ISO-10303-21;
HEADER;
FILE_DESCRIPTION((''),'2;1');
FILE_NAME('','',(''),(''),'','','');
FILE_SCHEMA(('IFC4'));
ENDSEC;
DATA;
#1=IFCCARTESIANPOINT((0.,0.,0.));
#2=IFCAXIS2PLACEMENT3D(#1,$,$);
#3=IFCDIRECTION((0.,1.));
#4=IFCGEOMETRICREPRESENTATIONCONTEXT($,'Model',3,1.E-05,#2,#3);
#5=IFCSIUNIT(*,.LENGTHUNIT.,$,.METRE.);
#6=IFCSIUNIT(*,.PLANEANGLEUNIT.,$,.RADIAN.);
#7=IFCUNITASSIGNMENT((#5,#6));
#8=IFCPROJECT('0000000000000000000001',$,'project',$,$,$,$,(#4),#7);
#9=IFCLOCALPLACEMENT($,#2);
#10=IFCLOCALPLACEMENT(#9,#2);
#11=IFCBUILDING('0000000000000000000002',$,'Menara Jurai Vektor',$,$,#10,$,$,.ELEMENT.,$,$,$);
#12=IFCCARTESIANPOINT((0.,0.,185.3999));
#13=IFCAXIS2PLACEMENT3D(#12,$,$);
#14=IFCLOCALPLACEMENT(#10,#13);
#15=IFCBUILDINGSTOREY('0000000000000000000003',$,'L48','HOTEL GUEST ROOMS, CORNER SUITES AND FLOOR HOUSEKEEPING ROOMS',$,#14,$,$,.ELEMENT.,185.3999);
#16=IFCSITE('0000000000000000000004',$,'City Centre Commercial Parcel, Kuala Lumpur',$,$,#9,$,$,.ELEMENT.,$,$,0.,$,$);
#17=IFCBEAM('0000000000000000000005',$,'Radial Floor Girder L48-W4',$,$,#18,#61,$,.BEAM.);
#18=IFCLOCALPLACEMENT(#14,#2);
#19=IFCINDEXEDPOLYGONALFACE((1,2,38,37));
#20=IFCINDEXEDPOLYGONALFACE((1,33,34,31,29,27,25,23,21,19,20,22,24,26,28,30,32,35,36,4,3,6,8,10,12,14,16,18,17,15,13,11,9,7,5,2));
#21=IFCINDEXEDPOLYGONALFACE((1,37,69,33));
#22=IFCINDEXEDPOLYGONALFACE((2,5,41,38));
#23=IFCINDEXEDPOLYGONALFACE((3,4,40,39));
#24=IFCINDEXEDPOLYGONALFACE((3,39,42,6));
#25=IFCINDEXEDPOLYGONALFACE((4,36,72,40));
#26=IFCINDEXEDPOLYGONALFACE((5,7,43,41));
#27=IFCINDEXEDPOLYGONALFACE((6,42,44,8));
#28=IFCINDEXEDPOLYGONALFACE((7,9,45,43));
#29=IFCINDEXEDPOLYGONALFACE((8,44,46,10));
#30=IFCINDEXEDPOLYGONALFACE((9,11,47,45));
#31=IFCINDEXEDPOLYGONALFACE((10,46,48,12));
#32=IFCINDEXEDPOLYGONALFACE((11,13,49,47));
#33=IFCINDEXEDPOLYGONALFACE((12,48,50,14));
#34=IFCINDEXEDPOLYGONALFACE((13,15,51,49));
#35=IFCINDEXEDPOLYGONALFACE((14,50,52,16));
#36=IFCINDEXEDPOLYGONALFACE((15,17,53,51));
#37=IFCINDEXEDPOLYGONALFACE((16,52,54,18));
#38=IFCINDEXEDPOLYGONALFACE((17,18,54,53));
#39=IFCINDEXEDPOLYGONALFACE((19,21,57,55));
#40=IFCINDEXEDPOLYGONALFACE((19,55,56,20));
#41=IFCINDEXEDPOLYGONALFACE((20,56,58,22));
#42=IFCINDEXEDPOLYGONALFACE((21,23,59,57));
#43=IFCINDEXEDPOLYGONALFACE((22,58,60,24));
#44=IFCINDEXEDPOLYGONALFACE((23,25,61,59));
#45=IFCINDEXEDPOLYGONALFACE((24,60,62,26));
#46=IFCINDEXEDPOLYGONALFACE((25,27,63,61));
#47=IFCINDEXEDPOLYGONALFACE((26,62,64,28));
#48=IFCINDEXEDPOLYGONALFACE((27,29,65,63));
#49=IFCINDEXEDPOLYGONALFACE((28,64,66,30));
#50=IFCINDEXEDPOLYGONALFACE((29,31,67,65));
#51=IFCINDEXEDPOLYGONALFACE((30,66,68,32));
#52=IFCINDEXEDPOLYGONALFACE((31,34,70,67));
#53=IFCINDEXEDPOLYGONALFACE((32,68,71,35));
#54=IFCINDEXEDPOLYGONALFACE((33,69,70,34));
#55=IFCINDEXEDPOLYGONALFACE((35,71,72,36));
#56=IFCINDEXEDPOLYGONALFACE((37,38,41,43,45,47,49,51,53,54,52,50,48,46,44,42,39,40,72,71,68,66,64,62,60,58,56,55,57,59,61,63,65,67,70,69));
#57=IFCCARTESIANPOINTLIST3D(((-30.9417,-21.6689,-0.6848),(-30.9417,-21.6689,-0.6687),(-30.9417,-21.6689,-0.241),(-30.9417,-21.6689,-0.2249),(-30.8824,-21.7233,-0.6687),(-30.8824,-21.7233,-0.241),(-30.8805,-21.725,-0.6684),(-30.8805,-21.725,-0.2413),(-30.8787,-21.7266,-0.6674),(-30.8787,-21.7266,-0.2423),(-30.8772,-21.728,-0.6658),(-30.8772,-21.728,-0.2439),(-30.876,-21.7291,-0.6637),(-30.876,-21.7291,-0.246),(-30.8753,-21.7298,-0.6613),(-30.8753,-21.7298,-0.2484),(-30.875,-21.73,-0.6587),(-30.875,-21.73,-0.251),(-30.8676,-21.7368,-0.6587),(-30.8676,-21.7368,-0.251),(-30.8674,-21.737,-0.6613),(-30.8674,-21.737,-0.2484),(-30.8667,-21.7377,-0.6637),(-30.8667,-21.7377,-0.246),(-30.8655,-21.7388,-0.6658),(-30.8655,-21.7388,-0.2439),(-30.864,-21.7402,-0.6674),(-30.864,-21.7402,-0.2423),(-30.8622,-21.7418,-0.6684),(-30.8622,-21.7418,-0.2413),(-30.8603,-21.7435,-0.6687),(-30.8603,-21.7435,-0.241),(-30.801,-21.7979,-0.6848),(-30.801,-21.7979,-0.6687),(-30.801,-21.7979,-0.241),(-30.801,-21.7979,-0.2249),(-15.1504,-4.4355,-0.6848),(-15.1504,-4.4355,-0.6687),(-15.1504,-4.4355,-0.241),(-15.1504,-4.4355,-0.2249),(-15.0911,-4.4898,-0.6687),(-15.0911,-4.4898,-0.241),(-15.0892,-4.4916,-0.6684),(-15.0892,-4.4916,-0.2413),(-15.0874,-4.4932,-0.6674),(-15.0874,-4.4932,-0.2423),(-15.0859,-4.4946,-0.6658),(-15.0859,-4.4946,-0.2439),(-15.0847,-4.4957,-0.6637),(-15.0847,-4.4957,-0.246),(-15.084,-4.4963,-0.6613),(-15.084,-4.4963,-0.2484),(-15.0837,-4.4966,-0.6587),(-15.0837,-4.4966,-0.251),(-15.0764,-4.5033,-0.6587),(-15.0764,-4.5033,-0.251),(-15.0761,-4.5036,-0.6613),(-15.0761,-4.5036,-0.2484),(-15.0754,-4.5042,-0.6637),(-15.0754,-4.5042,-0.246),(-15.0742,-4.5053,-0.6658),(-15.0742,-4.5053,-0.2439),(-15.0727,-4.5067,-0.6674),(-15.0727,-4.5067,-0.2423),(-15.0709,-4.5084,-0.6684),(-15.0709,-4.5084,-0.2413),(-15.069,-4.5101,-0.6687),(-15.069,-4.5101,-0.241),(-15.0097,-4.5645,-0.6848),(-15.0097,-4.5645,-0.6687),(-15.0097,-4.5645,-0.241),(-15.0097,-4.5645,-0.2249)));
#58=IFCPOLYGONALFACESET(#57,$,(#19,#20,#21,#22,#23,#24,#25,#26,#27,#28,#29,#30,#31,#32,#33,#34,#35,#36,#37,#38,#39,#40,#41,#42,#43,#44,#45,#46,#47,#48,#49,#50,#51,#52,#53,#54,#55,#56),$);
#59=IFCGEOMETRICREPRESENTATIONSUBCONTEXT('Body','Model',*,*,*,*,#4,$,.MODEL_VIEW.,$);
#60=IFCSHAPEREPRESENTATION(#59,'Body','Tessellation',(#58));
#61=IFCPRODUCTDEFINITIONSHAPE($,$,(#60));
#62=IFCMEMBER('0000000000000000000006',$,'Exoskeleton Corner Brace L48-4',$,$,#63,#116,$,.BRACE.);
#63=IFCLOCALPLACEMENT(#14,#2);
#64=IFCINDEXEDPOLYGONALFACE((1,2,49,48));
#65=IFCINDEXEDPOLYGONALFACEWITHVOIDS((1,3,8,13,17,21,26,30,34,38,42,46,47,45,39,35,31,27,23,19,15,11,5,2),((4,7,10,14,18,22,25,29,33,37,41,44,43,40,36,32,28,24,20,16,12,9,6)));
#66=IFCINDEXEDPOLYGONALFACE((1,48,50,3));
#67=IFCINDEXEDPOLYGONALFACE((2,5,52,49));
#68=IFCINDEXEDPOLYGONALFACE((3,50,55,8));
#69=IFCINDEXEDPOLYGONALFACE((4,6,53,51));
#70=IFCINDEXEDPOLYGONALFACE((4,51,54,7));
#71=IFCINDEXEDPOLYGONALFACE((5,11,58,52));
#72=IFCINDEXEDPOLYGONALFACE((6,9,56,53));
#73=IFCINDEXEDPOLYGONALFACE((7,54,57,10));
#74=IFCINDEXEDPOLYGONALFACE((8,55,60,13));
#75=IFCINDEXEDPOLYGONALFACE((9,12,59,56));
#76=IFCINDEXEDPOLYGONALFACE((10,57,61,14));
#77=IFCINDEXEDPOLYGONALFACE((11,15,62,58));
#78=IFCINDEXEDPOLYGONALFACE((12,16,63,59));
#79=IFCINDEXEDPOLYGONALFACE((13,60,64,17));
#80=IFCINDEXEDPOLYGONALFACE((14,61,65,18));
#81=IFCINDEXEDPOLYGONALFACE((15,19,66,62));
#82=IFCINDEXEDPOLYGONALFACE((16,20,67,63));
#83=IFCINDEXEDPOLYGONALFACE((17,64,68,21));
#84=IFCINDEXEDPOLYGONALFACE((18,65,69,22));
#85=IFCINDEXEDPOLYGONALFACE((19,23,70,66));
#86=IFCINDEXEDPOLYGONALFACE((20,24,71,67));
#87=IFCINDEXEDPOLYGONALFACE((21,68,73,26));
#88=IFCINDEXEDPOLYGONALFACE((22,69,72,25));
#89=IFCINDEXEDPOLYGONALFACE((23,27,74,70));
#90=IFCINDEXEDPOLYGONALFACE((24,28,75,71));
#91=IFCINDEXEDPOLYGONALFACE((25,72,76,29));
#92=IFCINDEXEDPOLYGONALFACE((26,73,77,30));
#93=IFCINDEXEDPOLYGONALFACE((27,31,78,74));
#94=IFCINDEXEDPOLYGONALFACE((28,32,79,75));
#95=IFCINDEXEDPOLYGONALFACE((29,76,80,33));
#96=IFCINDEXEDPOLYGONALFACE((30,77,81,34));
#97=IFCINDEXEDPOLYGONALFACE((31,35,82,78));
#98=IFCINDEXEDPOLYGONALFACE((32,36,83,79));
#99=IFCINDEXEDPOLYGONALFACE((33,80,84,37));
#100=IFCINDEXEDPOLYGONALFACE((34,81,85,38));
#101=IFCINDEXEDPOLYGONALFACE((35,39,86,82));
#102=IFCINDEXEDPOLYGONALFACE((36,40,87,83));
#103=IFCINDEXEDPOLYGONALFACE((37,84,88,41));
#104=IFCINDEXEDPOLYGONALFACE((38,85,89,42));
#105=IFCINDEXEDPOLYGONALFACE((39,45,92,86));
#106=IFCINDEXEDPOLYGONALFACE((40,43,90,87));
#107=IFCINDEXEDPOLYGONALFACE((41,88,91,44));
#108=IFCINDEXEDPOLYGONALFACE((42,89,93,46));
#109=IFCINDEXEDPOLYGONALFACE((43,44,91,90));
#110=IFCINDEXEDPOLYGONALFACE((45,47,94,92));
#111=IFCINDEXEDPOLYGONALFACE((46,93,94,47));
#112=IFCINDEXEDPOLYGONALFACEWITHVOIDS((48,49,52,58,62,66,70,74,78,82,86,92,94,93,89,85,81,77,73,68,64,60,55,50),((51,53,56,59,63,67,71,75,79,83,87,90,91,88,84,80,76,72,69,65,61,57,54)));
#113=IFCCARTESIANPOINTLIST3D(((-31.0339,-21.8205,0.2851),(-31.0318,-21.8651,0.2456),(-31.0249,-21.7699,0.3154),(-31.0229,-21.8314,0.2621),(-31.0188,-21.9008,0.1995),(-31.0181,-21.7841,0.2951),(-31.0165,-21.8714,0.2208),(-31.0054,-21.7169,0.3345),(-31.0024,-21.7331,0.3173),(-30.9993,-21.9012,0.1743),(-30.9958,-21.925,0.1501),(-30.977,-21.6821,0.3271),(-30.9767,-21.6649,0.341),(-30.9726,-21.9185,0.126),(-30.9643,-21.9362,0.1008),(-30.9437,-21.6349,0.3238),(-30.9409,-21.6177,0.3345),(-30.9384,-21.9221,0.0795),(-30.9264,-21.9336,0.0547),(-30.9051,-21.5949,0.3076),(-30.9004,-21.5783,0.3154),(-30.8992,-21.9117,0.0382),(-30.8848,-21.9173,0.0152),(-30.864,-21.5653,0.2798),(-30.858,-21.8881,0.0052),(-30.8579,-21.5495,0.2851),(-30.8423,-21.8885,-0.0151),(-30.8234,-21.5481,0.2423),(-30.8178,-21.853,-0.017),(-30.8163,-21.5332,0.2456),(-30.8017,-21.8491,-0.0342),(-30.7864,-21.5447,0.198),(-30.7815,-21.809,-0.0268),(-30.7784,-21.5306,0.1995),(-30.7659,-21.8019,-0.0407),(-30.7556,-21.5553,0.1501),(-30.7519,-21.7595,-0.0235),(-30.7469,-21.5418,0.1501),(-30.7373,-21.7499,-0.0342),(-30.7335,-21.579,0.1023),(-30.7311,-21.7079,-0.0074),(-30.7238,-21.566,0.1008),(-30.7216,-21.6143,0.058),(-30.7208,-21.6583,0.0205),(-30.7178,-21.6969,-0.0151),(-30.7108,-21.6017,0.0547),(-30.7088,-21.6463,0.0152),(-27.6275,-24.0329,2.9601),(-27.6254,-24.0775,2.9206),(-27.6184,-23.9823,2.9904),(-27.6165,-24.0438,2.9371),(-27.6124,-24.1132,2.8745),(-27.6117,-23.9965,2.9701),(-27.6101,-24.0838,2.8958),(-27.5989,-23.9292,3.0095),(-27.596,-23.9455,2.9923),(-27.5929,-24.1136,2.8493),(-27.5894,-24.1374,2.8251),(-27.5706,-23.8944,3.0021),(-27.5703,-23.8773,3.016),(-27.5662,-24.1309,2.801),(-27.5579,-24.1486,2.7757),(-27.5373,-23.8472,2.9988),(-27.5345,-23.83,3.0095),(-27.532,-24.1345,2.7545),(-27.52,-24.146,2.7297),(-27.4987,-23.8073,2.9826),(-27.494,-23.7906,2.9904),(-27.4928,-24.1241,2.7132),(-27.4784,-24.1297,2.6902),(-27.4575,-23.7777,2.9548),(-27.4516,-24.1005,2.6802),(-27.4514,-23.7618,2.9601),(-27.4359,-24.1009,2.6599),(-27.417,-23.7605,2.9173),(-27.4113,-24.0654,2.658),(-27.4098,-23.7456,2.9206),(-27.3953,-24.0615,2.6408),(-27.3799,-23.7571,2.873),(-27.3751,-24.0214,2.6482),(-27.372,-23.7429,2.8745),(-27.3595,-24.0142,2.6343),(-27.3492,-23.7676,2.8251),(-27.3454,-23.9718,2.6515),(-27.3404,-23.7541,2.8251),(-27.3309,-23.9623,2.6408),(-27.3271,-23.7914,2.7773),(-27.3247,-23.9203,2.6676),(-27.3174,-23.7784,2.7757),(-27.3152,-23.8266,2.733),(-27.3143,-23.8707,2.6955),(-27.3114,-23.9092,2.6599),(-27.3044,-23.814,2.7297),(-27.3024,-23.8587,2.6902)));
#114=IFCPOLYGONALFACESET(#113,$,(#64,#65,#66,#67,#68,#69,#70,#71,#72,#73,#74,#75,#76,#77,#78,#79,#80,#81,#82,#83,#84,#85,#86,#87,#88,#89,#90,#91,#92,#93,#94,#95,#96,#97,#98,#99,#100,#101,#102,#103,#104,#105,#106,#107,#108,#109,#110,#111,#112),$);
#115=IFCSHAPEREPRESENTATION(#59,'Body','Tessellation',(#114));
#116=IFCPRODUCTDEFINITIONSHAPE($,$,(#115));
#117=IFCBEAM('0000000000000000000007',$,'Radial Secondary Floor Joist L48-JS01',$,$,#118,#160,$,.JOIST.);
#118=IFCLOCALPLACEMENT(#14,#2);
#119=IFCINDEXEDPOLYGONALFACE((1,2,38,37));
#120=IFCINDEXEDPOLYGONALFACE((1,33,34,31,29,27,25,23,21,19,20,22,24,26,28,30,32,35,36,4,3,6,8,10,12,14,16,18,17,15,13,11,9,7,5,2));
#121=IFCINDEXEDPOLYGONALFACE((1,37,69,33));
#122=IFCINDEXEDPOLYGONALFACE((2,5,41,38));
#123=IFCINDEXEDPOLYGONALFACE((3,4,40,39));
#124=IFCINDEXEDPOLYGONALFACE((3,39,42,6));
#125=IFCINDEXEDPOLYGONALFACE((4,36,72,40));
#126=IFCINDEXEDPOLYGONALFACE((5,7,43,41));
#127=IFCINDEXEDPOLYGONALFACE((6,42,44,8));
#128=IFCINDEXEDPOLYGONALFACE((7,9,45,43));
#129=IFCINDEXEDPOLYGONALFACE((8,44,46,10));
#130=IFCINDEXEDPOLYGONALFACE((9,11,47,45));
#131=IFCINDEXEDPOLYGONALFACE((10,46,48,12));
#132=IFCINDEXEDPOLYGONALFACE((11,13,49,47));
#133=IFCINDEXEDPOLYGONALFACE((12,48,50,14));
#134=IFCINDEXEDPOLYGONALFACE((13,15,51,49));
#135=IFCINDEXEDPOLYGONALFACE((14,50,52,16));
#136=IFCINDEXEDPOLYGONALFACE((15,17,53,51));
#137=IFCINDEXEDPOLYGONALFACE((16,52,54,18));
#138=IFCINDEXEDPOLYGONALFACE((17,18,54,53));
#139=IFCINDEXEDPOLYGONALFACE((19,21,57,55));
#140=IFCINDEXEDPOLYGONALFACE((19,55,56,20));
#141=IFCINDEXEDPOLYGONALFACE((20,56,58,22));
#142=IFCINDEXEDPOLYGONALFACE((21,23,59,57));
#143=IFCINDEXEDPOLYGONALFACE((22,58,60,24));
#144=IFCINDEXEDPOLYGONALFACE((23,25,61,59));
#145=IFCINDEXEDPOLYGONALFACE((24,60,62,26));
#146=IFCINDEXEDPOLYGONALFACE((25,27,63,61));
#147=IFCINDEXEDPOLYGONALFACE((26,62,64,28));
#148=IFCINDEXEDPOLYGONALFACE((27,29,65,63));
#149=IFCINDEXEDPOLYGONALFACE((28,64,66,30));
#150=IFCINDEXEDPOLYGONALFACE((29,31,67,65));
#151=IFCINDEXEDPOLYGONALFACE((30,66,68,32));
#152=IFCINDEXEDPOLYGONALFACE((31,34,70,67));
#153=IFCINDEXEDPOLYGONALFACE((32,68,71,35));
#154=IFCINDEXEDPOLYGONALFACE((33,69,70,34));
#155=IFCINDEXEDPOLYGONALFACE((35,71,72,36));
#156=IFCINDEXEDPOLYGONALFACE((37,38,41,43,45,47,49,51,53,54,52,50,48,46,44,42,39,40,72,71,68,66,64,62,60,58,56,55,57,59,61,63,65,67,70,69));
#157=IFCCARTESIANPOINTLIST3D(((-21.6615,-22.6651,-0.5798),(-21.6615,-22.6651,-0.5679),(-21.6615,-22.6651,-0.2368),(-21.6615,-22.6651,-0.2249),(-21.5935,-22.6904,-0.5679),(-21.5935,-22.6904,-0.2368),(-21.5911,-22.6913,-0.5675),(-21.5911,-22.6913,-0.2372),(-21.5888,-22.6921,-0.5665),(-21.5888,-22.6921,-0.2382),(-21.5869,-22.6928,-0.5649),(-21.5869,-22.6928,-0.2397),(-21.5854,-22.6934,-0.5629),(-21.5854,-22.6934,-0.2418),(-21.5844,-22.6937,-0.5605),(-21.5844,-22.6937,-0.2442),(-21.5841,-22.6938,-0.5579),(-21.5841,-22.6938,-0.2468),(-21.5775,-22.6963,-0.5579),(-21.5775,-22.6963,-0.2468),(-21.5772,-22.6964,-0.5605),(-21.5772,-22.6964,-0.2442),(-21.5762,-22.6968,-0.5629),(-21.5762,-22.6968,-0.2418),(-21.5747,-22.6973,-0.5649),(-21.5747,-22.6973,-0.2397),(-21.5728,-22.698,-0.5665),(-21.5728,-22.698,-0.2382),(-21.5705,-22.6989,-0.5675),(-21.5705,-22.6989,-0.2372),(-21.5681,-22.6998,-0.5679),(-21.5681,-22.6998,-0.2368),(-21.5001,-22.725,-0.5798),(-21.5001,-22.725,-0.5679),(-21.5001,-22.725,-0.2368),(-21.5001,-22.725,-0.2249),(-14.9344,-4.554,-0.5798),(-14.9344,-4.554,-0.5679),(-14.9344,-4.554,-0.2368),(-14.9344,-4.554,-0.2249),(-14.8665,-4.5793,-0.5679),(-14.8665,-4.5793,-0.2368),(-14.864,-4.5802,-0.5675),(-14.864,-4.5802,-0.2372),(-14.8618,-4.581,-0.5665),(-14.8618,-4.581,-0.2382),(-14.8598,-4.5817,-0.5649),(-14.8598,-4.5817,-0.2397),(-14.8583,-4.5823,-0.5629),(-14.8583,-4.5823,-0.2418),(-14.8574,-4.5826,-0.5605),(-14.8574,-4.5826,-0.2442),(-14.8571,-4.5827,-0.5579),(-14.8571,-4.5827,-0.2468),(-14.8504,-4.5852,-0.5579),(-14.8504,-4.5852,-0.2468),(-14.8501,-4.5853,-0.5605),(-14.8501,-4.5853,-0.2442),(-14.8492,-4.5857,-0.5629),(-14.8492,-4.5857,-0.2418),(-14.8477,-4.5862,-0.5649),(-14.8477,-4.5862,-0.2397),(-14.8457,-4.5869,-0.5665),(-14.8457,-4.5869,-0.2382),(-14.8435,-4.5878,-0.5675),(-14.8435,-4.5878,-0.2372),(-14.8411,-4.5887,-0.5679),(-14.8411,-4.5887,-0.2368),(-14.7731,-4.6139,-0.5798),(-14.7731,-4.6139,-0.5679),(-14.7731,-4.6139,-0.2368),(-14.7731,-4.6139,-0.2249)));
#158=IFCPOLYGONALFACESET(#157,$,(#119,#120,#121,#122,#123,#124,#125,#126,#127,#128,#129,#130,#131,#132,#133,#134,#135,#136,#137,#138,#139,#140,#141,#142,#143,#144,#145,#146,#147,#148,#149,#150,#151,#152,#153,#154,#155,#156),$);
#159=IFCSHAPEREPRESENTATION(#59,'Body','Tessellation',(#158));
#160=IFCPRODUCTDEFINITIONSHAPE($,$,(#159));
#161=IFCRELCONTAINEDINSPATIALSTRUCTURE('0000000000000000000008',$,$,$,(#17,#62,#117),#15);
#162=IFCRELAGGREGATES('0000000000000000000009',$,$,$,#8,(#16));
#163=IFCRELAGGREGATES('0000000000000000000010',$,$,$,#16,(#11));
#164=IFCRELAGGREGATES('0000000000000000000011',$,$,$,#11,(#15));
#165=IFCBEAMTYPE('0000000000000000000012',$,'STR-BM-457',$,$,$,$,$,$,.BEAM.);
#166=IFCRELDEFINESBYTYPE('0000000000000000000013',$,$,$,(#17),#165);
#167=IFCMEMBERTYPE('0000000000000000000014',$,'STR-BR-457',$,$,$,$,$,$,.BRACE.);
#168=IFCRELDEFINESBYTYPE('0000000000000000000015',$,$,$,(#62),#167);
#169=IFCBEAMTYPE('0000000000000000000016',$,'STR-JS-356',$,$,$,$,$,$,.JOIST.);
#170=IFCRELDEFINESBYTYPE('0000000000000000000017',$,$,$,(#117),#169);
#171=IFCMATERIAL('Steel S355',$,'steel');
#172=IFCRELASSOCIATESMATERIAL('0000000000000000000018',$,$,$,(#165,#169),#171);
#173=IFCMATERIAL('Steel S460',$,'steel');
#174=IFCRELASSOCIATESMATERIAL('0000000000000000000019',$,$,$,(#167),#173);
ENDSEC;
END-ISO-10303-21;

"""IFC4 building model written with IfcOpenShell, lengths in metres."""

from ifc_helpers import new_model, si_unit, direction, frame, origin, origin_2d, place, context, subcontext, project, spatial, hollow_circle, i_section, extrude, material, material_profile, profile_set, type_object, element, save


model = new_model("IFC4")

# Units and contexts
model_context = context("Model", 3, precision=1e-05, world=origin(), true_north=direction((0.0, 1.0)))
body_context = subcontext(model_context, "Body", "Model", "MODEL_VIEW")
ifc_project = project(units=[si_unit("LENGTHUNIT", "METRE"), si_unit("PLANEANGLEUNIT", "RADIAN")], contexts=[model_context])

# Site, building, storey
site_placement = place(None, origin())
site = spatial("IfcSite", under=ifc_project, at=site_placement, Name="City Centre Commercial Parcel, Kuala Lumpur", CompositionType="ELEMENT", RefElevation=0.0)
building_placement = place(site_placement, origin())
building = spatial("IfcBuilding", under=site, at=building_placement, Name="Menara Jurai Vektor", CompositionType="ELEMENT")
storey_placement = place(building_placement, frame((0.0, 0.0, 185.3999)))
storey = spatial("IfcBuildingStorey", under=building, at=storey_placement, Name="L48", Description="HOTEL GUEST ROOMS, CORNER SUITES AND FLOOR HOUSEKEEPING ROOMS", CompositionType="ELEMENT", Elevation=185.3999)

# Shared definitions
ifc_material_1 = material(Name="Steel S460", Category="steel")

# Beam
ifc_material_2 = material(Name="Steel S355", Category="steel")
ifc_material_profile_1 = material_profile(ifc_material_2, i_section(OverallWidth=0.1909, OverallDepth=0.46, WebThickness=0.01, FlangeThickness=0.0161, FilletRadius=0.01, at=origin_2d()), Name="UKB 457x191x82")
ifc_profile_set_1 = profile_set([ifc_material_profile_1], Name="Steel S355")
beam_type_1 = type_object("IfcBeamType", Name="STR-BM-457", PredefinedType="BEAM", material=ifc_profile_set_1)
beam_1_placement = place(storey_placement, frame((-30.8713, -21.7334, -0.4548), z_axis=(0.675585, 0.737282, 0.0), x_axis=(-0.737282, 0.675585, 0.0)))
element("IfcBeam", 1, at=beam_1_placement, inside=storey, type_object=beam_type_1, Name="Radial Floor Girder L48-W4", PredefinedType="BEAM", context=body_context, shape_type="SweptSolid", body=[
    extrude(i_section(OverallWidth=0.1909, OverallDepth=0.46, WebThickness=0.01, FlangeThickness=0.0161, FilletRadius=0.01, at=origin_2d()), origin(), (0.0, 0.0, 1.0), 23.3743),
])

# Member
ifc_material_profile_2 = material_profile(ifc_material_1, hollow_circle(Radius=0.2285, WallThickness=0.0161, at=origin_2d()), Name="CHS 457x16")
ifc_profile_set_2 = profile_set([ifc_material_profile_2], Name="Steel S460")
member_type_1 = type_object("IfcMemberType", Name="STR-BR-457", PredefinedType="BRACE", material=ifc_profile_set_2)
member_1_placement = place(storey_placement, frame((-30.8713, -21.7334, 0.1501), z_axis=(0.700403, -0.454888, 0.550012), x_axis=(0.544674, 0.838648, 0.0)))
element("IfcMember", 2, at=member_1_placement, inside=storey, type_object=member_type_1, Name="Exoskeleton Corner Brace L48-4", PredefinedType="BRACE", context=body_context, shape_type="SweptSolid", body=[
    extrude(hollow_circle(Radius=0.2285, WallThickness=0.0161, at=origin_2d()), origin(), (0.0, 0.0, 1.0), 4.8635),
])

# Beam
ifc_material_profile_3 = material_profile(ifc_material_2, i_section(OverallWidth=0.1721, OverallDepth=0.355, WebThickness=0.0071, FlangeThickness=0.012, FilletRadius=0.01, at=origin_2d()), Name="UKB 356x171x51")
ifc_profile_set_3 = profile_set([ifc_material_profile_3], Name="Steel S355")
beam_type_2 = type_object("IfcBeamType", Name="STR-JS-356", PredefinedType="JOIST", material=ifc_profile_set_3)
beam_2_placement = place(storey_placement, frame((-21.5808, -22.6951, -0.4023), z_axis=(0.34819, 0.937424, 0.0), x_axis=(-0.937424, 0.34819, 0.0)))
element("IfcBeam", 3, at=beam_2_placement, inside=storey, type_object=beam_type_2, Name="Radial Secondary Floor Joist L48-JS01", PredefinedType="JOIST", context=body_context, shape_type="SweptSolid", body=[
    extrude(i_section(OverallWidth=0.1721, OverallDepth=0.355, WebThickness=0.0071, FlangeThickness=0.012, FilletRadius=0.01, at=origin_2d()), origin(), (0.0, 0.0, 1.0), 19.3201),
])

save(model, "model.ifc")
